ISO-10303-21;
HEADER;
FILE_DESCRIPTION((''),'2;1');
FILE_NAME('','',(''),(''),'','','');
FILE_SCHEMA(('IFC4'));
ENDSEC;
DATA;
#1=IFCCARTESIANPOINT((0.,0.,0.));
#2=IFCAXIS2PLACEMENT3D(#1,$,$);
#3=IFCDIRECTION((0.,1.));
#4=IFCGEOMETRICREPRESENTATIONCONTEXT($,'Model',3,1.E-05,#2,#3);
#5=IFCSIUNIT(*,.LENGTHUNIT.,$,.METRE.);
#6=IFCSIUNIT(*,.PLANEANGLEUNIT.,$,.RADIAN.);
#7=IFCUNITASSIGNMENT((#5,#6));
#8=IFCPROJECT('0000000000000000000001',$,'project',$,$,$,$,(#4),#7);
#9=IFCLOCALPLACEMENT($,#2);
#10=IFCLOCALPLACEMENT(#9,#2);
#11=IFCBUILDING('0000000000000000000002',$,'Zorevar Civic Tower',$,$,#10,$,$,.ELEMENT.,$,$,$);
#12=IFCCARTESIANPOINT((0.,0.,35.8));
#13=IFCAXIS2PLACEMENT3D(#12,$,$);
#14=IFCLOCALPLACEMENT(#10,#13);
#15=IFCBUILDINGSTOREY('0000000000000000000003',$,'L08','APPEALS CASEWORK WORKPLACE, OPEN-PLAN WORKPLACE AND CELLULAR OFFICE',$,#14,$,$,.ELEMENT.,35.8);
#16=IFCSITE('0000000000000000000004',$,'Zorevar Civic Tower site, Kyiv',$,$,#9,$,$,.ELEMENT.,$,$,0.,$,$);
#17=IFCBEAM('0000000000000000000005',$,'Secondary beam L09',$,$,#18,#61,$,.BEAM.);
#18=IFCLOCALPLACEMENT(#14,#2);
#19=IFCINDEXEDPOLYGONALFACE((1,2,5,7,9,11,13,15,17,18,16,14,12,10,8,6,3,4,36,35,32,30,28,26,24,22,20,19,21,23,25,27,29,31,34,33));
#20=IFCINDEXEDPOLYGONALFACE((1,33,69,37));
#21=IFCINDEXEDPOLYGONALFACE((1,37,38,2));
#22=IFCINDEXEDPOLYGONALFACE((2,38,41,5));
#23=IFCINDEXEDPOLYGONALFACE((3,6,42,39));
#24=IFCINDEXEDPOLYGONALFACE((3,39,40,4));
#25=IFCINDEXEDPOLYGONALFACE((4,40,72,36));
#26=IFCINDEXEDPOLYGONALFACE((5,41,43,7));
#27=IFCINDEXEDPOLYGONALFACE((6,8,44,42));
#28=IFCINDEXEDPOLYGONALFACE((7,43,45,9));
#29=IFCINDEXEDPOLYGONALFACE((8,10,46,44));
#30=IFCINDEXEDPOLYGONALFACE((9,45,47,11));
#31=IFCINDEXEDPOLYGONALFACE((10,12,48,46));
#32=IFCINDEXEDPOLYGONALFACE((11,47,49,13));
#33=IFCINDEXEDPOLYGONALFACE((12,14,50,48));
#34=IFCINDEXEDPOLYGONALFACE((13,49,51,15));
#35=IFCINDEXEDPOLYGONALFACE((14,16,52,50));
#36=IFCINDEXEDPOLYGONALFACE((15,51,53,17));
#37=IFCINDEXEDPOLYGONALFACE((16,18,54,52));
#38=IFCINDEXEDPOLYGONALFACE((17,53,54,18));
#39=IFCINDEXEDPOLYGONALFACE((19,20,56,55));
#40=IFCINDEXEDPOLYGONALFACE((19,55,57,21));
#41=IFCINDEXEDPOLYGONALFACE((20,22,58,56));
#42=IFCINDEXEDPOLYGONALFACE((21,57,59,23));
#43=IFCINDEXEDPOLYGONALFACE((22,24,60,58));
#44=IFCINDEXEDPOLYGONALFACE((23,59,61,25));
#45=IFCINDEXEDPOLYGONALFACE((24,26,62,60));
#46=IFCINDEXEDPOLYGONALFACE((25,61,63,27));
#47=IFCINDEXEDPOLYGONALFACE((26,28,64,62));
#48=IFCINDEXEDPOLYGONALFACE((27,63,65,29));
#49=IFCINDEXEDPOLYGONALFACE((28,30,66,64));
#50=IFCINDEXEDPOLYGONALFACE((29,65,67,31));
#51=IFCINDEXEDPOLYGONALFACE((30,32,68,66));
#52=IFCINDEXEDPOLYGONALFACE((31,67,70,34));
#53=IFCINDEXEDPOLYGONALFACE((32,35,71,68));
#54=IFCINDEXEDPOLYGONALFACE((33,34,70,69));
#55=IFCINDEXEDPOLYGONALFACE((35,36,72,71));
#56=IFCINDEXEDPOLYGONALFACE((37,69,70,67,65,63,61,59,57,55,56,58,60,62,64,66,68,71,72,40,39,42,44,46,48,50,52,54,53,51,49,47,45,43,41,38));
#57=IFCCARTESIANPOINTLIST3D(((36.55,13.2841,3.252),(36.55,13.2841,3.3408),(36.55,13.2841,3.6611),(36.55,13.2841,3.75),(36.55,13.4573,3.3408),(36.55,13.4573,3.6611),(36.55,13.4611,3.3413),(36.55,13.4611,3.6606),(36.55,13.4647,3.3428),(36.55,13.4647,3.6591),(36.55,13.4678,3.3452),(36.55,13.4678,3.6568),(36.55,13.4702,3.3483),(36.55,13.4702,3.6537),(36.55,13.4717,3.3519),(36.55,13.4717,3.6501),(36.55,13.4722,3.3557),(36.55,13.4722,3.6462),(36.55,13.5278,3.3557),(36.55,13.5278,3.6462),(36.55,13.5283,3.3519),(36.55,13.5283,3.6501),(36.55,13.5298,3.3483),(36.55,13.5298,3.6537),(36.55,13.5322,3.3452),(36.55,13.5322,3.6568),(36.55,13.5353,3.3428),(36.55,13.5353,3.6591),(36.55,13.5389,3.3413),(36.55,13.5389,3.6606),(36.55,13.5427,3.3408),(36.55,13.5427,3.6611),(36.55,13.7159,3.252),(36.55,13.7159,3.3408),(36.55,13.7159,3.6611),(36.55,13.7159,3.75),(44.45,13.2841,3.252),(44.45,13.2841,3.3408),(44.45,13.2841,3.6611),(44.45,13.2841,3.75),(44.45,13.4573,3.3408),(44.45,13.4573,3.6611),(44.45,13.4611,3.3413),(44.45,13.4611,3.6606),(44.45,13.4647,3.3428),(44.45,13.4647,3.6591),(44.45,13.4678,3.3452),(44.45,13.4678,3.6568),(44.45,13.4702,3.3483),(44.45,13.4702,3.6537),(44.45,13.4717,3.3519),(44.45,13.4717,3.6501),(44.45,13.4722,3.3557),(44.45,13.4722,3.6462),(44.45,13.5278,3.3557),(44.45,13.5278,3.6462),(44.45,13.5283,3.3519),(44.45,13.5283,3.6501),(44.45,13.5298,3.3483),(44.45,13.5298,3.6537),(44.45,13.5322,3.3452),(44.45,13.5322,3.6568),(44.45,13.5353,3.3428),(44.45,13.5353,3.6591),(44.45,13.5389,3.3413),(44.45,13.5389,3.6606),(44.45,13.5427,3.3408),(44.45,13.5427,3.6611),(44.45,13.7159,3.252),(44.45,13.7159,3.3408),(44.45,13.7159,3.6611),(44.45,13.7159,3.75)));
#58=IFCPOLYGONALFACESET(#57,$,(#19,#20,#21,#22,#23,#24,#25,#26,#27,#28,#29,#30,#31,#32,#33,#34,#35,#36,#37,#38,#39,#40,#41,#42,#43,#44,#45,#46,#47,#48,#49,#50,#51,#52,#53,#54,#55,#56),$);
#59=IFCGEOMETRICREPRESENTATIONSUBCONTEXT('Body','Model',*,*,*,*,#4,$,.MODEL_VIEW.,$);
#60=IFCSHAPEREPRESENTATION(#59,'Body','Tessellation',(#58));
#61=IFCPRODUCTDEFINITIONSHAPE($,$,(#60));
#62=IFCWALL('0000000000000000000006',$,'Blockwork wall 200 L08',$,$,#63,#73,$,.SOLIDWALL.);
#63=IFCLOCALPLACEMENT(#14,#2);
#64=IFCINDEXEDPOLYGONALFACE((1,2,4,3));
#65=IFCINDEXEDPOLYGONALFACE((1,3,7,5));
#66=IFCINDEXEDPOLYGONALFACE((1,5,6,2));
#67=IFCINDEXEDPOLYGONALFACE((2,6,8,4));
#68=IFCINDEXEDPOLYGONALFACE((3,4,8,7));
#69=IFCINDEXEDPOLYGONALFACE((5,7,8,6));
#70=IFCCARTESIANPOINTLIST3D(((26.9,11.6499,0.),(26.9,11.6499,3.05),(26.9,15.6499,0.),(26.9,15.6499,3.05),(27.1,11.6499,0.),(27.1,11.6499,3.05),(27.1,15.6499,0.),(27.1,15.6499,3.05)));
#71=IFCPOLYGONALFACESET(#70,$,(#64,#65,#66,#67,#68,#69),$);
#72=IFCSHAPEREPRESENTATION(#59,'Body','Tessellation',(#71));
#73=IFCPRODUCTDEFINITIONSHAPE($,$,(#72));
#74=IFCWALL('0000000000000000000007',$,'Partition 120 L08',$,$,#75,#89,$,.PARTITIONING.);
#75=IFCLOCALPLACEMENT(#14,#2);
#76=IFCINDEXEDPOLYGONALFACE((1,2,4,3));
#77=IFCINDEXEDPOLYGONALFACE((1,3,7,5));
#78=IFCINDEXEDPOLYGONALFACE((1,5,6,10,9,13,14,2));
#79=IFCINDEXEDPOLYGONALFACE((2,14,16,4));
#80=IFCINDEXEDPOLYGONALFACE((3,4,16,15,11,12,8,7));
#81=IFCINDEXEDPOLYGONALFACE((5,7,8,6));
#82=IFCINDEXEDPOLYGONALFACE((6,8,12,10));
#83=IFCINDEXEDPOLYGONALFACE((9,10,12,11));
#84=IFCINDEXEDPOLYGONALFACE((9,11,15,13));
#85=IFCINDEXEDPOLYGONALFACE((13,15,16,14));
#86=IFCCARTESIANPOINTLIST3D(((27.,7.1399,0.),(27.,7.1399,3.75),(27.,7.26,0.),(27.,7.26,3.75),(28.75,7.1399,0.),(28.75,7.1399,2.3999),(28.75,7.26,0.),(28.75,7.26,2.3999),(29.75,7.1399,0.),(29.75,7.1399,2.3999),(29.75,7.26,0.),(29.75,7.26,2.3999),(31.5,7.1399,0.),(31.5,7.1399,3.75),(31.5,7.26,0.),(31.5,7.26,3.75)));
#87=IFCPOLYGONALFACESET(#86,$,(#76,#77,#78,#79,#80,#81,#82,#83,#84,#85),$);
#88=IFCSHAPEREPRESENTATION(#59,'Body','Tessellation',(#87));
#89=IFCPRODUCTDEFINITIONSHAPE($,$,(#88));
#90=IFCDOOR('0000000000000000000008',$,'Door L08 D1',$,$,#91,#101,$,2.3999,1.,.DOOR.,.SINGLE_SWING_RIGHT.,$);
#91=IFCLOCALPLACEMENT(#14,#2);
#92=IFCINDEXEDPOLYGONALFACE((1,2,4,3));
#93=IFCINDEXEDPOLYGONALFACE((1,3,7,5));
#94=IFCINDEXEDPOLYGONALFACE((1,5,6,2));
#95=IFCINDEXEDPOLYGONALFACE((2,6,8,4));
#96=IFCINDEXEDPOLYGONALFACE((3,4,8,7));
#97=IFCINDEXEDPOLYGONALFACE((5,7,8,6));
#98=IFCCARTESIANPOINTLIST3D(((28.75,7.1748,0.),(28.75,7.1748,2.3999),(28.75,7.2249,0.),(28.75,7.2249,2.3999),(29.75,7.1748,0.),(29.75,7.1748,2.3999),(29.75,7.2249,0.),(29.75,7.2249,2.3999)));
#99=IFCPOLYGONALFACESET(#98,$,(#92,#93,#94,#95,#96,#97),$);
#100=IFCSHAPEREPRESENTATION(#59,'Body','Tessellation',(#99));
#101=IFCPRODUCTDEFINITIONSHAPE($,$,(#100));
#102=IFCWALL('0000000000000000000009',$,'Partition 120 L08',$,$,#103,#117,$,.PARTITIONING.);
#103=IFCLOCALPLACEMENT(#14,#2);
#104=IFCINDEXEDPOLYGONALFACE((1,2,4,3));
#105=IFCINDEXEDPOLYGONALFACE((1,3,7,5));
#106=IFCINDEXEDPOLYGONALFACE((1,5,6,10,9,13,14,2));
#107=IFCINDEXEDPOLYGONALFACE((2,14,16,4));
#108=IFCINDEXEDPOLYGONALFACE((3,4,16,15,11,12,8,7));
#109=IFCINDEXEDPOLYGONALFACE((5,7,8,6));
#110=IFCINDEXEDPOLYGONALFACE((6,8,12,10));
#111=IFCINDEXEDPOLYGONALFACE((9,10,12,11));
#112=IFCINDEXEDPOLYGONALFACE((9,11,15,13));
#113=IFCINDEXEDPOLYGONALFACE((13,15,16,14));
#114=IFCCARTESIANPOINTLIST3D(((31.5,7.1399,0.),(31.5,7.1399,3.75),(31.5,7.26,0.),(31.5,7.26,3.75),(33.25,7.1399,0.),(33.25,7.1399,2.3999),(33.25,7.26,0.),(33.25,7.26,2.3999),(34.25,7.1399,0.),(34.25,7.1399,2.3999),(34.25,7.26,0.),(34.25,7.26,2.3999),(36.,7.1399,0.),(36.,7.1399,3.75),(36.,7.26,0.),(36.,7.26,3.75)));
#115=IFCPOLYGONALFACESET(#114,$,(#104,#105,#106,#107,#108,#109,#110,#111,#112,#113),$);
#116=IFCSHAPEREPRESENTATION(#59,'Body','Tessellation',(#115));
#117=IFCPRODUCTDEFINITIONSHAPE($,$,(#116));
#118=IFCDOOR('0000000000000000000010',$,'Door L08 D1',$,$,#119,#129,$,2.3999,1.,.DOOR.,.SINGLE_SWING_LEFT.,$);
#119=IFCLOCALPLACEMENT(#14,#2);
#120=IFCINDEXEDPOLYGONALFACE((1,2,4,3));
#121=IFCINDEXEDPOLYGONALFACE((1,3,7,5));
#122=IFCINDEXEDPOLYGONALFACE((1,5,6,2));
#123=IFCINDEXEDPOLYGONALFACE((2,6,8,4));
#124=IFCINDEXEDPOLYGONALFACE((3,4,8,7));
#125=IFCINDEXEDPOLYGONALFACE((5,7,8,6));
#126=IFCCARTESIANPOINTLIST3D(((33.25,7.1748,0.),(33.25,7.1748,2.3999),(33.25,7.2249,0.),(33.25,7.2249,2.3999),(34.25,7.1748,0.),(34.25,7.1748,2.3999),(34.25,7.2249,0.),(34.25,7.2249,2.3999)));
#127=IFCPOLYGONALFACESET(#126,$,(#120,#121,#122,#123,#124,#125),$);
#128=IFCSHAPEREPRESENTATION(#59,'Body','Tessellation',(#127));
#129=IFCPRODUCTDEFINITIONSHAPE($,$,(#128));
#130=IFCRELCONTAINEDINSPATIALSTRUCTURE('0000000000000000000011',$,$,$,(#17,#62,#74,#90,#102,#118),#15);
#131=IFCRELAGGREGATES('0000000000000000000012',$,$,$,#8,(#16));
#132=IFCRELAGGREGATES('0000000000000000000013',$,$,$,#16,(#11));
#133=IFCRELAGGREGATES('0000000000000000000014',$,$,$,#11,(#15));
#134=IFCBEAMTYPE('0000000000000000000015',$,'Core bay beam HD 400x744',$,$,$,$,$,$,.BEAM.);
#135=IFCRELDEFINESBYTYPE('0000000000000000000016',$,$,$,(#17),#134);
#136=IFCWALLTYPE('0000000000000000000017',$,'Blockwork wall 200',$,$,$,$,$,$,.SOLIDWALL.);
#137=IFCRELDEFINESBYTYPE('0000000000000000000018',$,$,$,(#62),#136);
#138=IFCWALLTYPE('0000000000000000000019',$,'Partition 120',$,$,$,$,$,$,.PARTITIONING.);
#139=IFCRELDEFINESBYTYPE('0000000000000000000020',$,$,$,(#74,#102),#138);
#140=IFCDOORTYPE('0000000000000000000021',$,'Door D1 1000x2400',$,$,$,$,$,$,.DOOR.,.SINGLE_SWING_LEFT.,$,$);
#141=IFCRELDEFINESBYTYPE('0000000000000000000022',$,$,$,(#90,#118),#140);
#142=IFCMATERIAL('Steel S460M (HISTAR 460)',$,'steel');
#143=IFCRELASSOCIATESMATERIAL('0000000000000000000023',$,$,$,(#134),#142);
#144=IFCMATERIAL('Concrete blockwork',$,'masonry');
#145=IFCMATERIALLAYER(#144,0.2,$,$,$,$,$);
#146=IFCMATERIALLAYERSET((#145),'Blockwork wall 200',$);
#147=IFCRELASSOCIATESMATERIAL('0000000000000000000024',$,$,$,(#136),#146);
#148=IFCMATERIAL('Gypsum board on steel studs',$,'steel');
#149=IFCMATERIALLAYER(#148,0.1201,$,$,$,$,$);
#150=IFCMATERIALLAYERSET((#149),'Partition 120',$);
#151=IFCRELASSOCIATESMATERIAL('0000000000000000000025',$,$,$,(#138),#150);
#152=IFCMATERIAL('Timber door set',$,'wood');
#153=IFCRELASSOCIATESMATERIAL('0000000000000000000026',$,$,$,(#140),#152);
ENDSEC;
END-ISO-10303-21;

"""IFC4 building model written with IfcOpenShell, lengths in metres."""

from ifc_helpers import new_model, si_unit, direction, frame, frame_2d, origin, origin_2d, place, context, subcontext, project, spatial, rectangle, i_section, extrude, material, layer, layer_set, material_profile, profile_set, type_object, element, fill, save


model = new_model("IFC4")

# Units and contexts
model_context = context("Model", 3, precision=1e-05, world=origin(), true_north=direction((0.0, 1.0)))
body_context = subcontext(model_context, "Body", "Model", "MODEL_VIEW")
ifc_project = project(units=[si_unit("LENGTHUNIT", "METRE"), si_unit("PLANEANGLEUNIT", "RADIAN")], contexts=[model_context])

# Site, building, storey
site_placement = place(None, origin())
site = spatial("IfcSite", under=ifc_project, at=site_placement, Name="Zorevar Civic Tower site, Kyiv", CompositionType="ELEMENT", RefElevation=0.0)
building_placement = place(site_placement, origin())
building = spatial("IfcBuilding", under=site, at=building_placement, Name="Zorevar Civic Tower", CompositionType="ELEMENT")
storey_placement = place(building_placement, frame((0.0, 0.0, 35.8)))
storey = spatial("IfcBuildingStorey", under=building, at=storey_placement, Name="L08", Description="APPEALS CASEWORK WORKPLACE, OPEN-PLAN WORKPLACE AND CELLULAR OFFICE", CompositionType="ELEMENT", Elevation=35.8)

# Beam
ifc_material_1 = material(Name="Steel S460M (HISTAR 460)", Category="steel")
ifc_material_profile_1 = material_profile(ifc_material_1, i_section(OverallWidth=0.4319, OverallDepth=0.498, WebThickness=0.0557, FlangeThickness=0.0889, FilletRadius=0.0149, at=origin_2d()), Name="HD 400x744")
ifc_profile_set_1 = profile_set([ifc_material_profile_1], Name="Steel S460M (HISTAR 460)")
beam_type_1 = type_object("IfcBeamType", Name="Core bay beam HD 400x744", PredefinedType="BEAM", material=ifc_profile_set_1)
for number, where, z_axis, x_axis, name in (
    (1, (36.55, 13.5, 3.501), (1.0, 0.0, 0.0), (0.0, 1.0, 0.0), "Secondary beam L09"),
):
    element("IfcBeam", number, at=place(storey_placement, frame(where, z_axis=z_axis, x_axis=x_axis)), inside=storey, type_object=beam_type_1, Name=name, PredefinedType="BEAM", context=body_context, shape_type="SweptSolid", body=[
        extrude(i_section(OverallWidth=0.4319, OverallDepth=0.498, WebThickness=0.0557, FlangeThickness=0.0889, FilletRadius=0.0149, at=origin_2d()), origin(), (0.0, 0.0, 1.0), 7.8999),
    ])

# Wall
ifc_material_2 = material(Name="Concrete blockwork", Category="masonry")
ifc_layer_1 = layer(ifc_material_2, 0.2)
ifc_layer_set_1 = layer_set([ifc_layer_1], Name="Blockwork wall 200")
wall_type_1 = type_object("IfcWallType", Name="Blockwork wall 200", PredefinedType="SOLIDWALL", material=ifc_layer_set_1)
wall_1_placement = place(storey_placement, frame((27.0, 11.6499, 0.0), z_axis=(0.0, 0.0, 1.0), x_axis=(0.0, 1.0, 0.0)))
element("IfcWall", 2, at=wall_1_placement, inside=storey, type_object=wall_type_1, Name="Blockwork wall 200 L08", PredefinedType="SOLIDWALL", context=body_context, shape_type="SweptSolid", body=[
    extrude(rectangle(XDim=4.0, YDim=0.2, at=frame_2d((2.0, 0.0))), origin(), (0.0, 0.0, 1.0), 3.05),
])

# Walls, openings, doors
ifc_material_3 = material(Name="Gypsum board on steel studs", Category="steel")
ifc_layer_2 = layer(ifc_material_3, 0.1201)
ifc_layer_set_2 = layer_set([ifc_layer_2], Name="Partition 120")
wall_type_2 = type_object("IfcWallType", Name="Partition 120", PredefinedType="PARTITIONING", material=ifc_layer_set_2)
wall_2_placement = place(storey_placement, frame((27.0, 7.2, 0.0), z_axis=(0.0, 0.0, 1.0), x_axis=(1.0, 0.0, 0.0)))
wall_2 = element("IfcWall", 3, at=wall_2_placement, inside=storey, type_object=wall_type_2, Name="Partition 120 L08", PredefinedType="PARTITIONING", context=body_context, shape_type="SweptSolid", body=[
    extrude(rectangle(XDim=4.5, YDim=0.1201, at=frame_2d((2.25, 0.0))), origin(), (0.0, 0.0, 1.0), 3.75),
])
opening_1_placement = place(wall_2_placement, frame((1.75, 0.0, 0.0)))
opening_1 = element("IfcOpeningElement", 4, at=opening_1_placement, cuts=wall_2, PredefinedType="OPENING", context=body_context, shape_type="SweptSolid", body=[
    extrude(rectangle(XDim=1.0, YDim=2.3999, at=frame_2d((0.5, 1.2))), frame((0.0, 0.0701, 0.0), z_axis=(0.0, -1.0, 0.0), x_axis=(1.0, 0.0, 0.0)), (0.0, 0.0, 1.0), 0.1401),
])
ifc_material_4 = material(Name="Timber door set", Category="wood")
door_type_1 = type_object("IfcDoorType", Name="Door D1 1000x2400", OperationType="SINGLE_SWING_LEFT", PredefinedType="DOOR", material=ifc_material_4)
door_1_placement = place(opening_1_placement, origin())
door_1 = element("IfcDoor", 5, at=door_1_placement, inside=storey, type_object=door_type_1, Name="Door L08 D1", OperationType="SINGLE_SWING_RIGHT", OverallHeight=2.3999, OverallWidth=1.0, PredefinedType="DOOR", context=body_context, shape_type="SweptSolid", body=[
    extrude(rectangle(XDim=1.0, YDim=2.3999, at=frame_2d((0.5, 1.2))), frame((0.0, 0.0249, 0.0), z_axis=(0.0, -1.0, 0.0), x_axis=(1.0, 0.0, 0.0)), (0.0, 0.0, 1.0), 0.05),
])
fill(opening_1, door_1)
wall_3_placement = place(storey_placement, frame((31.5, 7.2, 0.0), z_axis=(0.0, 0.0, 1.0), x_axis=(1.0, 0.0, 0.0)))
wall_3 = element("IfcWall", 6, at=wall_3_placement, inside=storey, type_object=wall_type_2, Name="Partition 120 L08", PredefinedType="PARTITIONING", context=body_context, shape_type="SweptSolid", body=[
    extrude(rectangle(XDim=4.5, YDim=0.1201, at=frame_2d((2.25, 0.0))), origin(), (0.0, 0.0, 1.0), 3.75),
])
opening_2_placement = place(wall_3_placement, frame((1.75, 0.0, 0.0)))
opening_2 = element("IfcOpeningElement", 7, at=opening_2_placement, cuts=wall_3, PredefinedType="OPENING", context=body_context, shape_type="SweptSolid", body=[
    extrude(rectangle(XDim=1.0, YDim=2.3999, at=frame_2d((0.5, 1.2))), frame((0.0, 0.0701, 0.0), z_axis=(0.0, -1.0, 0.0), x_axis=(1.0, 0.0, 0.0)), (0.0, 0.0, 1.0), 0.1401),
])
door_2_placement = place(opening_2_placement, origin())
door_2 = element("IfcDoor", 8, at=door_2_placement, inside=storey, type_object=door_type_1, Name="Door L08 D1", OperationType="SINGLE_SWING_LEFT", OverallHeight=2.3999, OverallWidth=1.0, PredefinedType="DOOR", context=body_context, shape_type="SweptSolid", body=[
    extrude(rectangle(XDim=1.0, YDim=2.3999, at=frame_2d((0.5, 1.2))), frame((0.0, 0.0249, 0.0), z_axis=(0.0, -1.0, 0.0), x_axis=(1.0, 0.0, 0.0)), (0.0, 0.0, 1.0), 0.05),
])
fill(opening_2, door_2)

save(model, "model.ifc")
